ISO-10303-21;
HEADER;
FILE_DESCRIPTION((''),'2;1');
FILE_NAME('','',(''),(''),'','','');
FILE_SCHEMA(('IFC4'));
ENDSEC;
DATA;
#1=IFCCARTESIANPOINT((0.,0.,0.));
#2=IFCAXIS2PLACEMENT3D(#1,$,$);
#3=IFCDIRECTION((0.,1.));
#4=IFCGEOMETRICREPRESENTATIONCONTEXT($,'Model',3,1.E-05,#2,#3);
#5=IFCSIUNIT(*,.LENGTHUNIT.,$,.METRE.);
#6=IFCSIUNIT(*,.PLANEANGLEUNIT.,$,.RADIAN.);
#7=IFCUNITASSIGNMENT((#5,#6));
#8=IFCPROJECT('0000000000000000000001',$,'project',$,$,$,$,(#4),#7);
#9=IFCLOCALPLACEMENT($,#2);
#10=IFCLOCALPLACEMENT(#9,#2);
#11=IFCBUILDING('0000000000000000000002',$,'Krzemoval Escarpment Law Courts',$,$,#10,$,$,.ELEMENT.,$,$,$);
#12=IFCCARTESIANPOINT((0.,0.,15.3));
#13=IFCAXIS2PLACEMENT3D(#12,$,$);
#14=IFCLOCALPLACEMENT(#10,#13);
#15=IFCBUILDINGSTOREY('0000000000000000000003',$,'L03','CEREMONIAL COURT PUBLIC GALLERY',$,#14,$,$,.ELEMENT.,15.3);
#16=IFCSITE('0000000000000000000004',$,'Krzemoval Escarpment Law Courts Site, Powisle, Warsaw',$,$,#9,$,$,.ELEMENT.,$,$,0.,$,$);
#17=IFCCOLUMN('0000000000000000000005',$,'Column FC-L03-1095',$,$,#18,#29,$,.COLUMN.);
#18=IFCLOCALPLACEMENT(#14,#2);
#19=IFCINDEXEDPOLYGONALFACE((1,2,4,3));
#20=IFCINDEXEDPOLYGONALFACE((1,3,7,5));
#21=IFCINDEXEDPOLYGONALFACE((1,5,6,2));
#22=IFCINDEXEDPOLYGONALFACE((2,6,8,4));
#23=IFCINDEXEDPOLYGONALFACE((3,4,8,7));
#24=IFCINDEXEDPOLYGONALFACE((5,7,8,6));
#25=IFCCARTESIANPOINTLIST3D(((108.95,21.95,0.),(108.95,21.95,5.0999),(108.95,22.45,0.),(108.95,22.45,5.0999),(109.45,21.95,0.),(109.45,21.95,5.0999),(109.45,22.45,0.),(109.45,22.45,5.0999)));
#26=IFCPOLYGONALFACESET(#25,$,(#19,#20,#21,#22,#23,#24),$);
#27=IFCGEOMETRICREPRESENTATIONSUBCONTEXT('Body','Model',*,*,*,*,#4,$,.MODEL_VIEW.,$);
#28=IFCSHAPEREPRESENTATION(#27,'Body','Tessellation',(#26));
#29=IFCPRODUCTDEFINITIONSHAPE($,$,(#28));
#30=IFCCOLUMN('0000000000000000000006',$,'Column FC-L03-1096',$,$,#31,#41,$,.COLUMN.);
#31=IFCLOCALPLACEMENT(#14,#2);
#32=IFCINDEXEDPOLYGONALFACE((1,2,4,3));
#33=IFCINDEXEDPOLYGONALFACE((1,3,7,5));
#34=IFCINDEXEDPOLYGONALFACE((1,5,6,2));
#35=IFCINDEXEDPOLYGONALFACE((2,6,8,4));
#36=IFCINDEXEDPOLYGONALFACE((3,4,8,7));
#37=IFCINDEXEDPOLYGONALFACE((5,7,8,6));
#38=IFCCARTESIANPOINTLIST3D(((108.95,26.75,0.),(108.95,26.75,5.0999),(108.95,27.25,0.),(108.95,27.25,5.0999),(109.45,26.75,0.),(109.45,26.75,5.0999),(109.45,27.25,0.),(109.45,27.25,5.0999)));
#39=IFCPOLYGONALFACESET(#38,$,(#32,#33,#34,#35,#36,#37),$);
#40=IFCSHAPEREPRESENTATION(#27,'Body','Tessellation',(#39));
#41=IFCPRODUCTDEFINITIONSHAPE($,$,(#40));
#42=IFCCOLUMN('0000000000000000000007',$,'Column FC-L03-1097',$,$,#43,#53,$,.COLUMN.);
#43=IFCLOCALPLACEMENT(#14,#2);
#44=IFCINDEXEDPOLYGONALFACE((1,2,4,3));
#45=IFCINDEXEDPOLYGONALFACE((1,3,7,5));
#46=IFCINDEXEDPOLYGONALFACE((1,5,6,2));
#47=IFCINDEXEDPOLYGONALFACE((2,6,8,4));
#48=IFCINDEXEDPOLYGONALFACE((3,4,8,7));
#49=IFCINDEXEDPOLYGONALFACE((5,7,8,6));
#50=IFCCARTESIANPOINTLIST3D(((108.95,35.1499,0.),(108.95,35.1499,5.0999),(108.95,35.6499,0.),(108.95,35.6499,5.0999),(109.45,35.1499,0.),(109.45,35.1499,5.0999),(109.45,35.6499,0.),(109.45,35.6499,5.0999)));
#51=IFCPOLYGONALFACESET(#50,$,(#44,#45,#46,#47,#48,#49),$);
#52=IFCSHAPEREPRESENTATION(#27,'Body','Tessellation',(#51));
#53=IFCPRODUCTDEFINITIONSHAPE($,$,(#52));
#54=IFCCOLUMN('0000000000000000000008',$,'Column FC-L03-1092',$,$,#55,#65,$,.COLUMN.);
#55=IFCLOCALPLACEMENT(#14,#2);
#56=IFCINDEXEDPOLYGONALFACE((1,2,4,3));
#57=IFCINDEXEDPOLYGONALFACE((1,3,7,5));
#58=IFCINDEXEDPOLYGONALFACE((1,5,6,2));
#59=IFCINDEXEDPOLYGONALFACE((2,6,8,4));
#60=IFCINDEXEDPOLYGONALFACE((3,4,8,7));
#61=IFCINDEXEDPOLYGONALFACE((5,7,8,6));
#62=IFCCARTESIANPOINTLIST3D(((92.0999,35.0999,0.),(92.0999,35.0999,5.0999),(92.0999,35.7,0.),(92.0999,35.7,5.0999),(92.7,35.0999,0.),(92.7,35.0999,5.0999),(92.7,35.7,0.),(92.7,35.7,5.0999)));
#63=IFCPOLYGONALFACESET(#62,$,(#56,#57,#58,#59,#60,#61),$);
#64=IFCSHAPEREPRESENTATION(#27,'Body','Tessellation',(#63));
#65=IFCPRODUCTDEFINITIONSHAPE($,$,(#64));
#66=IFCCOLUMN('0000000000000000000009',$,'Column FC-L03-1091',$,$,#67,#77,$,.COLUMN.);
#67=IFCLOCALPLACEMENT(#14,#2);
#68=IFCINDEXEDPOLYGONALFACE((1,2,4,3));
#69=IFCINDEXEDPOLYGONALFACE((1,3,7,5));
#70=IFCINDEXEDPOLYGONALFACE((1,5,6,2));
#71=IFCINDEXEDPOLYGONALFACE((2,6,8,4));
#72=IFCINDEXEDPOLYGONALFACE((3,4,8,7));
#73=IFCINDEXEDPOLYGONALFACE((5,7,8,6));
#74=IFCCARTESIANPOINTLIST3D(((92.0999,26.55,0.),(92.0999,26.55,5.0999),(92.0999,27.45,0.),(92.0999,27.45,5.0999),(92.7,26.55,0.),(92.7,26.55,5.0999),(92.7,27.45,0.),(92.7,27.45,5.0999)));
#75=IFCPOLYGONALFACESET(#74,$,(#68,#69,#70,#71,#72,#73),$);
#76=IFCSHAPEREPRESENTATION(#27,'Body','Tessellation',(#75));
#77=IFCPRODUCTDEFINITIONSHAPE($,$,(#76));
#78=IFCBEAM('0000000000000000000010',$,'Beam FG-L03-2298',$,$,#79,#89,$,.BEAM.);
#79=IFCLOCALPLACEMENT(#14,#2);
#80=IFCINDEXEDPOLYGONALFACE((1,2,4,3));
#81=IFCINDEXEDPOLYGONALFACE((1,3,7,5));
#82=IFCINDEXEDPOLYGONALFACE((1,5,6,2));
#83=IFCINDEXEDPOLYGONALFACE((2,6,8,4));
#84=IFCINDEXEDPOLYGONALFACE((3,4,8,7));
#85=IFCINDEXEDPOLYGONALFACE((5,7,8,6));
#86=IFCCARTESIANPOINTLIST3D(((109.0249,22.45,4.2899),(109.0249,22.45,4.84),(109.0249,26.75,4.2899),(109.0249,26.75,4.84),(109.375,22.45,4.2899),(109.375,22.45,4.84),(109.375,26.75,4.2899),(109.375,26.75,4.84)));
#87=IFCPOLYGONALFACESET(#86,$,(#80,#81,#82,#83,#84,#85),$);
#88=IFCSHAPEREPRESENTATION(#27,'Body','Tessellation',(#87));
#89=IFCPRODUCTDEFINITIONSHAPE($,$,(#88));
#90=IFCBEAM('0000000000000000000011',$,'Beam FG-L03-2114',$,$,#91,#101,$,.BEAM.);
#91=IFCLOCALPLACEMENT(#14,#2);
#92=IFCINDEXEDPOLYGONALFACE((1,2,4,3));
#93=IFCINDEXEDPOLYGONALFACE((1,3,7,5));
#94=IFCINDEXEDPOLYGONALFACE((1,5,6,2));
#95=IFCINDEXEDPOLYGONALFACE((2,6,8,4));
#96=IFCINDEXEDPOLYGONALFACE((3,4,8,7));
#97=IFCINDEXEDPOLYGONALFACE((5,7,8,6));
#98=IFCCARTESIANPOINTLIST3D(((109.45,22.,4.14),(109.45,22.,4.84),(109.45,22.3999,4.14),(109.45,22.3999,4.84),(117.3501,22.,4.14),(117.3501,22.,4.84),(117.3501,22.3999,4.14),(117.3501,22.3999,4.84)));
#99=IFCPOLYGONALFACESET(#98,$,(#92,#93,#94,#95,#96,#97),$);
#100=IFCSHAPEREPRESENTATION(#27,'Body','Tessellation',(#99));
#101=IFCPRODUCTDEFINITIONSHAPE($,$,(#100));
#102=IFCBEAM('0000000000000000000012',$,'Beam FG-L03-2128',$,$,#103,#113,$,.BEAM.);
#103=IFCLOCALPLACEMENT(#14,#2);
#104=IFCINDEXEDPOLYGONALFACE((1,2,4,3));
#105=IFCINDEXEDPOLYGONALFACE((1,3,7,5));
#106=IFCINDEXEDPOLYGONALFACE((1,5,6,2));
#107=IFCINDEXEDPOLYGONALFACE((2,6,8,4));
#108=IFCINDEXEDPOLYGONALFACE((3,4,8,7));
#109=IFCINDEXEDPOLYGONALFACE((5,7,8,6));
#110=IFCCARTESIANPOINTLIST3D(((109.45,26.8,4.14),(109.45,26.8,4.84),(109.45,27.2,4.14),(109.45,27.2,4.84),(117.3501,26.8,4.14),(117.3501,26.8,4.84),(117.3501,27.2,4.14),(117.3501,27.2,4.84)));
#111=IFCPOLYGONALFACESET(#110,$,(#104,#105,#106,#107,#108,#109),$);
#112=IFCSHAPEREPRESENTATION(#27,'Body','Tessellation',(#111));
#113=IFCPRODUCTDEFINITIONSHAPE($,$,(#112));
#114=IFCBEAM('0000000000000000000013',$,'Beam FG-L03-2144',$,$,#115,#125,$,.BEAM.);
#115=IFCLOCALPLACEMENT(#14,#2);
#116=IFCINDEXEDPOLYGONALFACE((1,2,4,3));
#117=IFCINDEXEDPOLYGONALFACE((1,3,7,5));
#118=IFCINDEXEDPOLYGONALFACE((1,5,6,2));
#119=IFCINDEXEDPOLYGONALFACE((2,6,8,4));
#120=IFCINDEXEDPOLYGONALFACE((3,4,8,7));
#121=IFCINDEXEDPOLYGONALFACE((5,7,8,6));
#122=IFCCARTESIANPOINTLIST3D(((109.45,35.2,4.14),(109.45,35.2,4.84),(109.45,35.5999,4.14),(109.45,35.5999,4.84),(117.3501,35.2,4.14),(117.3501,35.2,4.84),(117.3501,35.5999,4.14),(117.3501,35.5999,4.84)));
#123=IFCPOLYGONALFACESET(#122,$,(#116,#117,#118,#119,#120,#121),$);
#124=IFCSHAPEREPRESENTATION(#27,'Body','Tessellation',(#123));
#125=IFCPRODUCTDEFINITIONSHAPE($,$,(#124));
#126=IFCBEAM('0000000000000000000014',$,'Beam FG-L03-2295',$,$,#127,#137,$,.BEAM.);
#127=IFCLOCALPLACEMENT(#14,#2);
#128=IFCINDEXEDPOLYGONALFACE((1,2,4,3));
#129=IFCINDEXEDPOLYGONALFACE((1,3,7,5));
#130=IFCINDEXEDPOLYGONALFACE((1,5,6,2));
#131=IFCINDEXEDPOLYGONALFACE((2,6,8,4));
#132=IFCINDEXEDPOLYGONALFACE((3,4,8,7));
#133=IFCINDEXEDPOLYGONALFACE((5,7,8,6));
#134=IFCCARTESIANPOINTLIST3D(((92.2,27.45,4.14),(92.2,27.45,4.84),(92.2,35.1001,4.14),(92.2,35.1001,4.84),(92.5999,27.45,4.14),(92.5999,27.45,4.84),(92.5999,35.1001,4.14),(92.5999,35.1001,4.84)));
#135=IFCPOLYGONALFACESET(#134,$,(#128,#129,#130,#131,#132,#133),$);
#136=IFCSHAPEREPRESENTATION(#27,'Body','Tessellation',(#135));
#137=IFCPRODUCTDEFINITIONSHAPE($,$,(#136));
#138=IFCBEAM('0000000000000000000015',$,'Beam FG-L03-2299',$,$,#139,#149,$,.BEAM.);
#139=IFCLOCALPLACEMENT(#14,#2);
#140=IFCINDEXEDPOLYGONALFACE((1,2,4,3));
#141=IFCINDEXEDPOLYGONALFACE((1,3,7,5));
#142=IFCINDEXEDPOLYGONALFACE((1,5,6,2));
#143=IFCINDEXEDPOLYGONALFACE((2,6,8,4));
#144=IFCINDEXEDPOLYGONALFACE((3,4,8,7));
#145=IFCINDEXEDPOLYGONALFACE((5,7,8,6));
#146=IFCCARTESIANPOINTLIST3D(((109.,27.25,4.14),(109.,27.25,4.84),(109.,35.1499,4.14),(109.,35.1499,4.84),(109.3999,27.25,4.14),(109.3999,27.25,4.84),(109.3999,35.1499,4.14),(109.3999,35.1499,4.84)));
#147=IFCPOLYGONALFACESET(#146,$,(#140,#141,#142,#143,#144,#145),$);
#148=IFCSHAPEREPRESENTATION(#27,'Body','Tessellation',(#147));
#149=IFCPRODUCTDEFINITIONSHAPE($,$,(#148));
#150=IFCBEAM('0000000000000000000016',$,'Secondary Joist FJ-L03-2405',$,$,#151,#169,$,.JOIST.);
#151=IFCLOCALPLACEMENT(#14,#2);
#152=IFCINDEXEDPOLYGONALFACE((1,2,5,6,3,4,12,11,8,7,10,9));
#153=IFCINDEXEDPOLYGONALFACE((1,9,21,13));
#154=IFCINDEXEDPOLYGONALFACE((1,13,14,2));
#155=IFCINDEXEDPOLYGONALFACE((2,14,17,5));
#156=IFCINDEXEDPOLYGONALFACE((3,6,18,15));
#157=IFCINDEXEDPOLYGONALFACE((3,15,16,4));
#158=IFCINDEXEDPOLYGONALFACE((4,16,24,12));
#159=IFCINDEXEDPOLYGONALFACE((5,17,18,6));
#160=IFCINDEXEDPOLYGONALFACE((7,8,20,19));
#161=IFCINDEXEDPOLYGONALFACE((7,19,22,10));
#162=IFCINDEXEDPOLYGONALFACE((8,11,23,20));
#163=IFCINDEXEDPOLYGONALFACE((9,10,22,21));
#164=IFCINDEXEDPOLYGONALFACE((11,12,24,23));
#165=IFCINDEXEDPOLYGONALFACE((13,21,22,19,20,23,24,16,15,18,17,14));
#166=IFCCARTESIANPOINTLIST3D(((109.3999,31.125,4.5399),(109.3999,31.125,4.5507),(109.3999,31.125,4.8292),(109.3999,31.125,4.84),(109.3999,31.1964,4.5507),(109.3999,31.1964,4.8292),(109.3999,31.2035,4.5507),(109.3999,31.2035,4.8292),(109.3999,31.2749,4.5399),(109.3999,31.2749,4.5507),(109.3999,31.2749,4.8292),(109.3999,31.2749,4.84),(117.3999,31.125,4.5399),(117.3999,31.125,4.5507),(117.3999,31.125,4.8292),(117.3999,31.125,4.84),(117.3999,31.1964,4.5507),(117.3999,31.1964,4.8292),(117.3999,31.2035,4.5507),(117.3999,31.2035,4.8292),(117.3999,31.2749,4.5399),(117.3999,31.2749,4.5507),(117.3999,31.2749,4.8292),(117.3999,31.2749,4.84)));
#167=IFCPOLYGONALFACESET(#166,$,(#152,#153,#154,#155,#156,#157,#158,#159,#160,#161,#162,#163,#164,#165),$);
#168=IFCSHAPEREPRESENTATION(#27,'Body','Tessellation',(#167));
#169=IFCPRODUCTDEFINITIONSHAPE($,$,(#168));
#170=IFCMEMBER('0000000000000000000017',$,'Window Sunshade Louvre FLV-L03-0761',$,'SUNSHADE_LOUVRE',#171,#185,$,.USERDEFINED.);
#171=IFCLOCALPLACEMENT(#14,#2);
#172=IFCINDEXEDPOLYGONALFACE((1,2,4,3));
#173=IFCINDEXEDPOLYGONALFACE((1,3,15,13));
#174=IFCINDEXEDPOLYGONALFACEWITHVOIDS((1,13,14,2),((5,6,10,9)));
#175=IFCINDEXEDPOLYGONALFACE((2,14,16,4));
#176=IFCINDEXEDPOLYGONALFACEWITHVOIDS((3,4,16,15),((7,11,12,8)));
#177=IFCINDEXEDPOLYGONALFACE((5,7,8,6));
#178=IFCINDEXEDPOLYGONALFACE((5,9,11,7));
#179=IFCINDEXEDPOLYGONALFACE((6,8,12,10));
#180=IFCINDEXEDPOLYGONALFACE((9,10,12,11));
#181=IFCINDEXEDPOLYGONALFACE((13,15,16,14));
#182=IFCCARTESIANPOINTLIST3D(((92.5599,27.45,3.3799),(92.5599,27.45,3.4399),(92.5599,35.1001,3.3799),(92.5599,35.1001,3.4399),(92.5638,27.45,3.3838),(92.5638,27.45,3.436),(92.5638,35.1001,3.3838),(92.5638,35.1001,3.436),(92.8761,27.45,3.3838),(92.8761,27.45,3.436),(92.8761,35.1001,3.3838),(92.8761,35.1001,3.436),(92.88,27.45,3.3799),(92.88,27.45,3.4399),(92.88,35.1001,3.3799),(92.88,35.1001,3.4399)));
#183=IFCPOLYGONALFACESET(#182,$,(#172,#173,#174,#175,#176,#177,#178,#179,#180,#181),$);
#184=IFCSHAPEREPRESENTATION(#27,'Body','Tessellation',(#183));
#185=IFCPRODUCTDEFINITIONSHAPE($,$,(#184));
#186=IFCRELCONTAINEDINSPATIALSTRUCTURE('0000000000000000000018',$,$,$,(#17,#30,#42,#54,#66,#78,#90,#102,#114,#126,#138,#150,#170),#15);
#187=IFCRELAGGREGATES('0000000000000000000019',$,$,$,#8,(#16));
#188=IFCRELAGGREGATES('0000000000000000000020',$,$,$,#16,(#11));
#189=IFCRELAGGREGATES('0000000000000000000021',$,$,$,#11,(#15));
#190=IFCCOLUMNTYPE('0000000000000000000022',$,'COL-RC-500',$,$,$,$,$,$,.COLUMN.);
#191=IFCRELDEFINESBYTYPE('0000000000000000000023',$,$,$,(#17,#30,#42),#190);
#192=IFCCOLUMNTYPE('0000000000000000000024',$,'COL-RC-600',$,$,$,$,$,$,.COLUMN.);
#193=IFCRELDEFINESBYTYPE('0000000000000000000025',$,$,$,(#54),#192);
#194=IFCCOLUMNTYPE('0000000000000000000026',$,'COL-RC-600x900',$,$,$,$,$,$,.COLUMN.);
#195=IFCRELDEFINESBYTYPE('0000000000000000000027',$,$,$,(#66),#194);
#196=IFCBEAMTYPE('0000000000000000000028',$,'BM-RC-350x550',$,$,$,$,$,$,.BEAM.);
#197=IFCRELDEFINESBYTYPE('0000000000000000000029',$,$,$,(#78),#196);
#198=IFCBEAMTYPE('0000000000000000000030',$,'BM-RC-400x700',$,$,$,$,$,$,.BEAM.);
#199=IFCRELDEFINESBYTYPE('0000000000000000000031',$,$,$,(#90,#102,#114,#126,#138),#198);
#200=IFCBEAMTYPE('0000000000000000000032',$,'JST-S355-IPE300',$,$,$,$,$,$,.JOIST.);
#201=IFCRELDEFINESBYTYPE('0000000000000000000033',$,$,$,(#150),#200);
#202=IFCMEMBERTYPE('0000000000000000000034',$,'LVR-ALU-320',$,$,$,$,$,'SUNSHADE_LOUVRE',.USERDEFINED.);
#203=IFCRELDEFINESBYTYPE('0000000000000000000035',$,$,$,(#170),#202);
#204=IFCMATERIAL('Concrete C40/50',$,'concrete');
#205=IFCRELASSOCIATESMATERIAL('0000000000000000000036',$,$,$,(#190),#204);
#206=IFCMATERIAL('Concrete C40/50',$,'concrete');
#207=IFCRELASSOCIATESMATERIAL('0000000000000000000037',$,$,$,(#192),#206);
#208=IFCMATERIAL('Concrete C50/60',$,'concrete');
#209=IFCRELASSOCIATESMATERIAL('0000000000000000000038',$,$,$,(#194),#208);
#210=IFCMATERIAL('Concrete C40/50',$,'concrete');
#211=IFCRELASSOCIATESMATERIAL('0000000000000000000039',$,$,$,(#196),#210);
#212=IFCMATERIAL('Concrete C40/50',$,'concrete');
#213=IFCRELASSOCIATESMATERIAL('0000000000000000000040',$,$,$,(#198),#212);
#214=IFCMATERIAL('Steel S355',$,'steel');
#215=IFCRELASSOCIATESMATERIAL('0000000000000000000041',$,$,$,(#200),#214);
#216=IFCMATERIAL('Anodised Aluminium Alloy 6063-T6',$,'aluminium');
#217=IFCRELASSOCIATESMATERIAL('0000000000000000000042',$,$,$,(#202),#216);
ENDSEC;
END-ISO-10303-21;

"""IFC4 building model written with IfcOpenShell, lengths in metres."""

from ifc_helpers import new_model, si_unit, direction, frame, origin, origin_2d, place, context, subcontext, project, spatial, rectangle, hollow_rectangle, i_section, extrude, material, material_profile, profile_set, type_object, element, save


model = new_model("IFC4")

# Units and contexts
model_context = context("Model", 3, precision=1e-05, world=origin(), true_north=direction((0.0, 1.0)))
body_context = subcontext(model_context, "Body", "Model", "MODEL_VIEW")
ifc_project = project(units=[si_unit("LENGTHUNIT", "METRE"), si_unit("PLANEANGLEUNIT", "RADIAN")], contexts=[model_context])

# Site, building, storey
site_placement = place(None, origin())
site = spatial("IfcSite", under=ifc_project, at=site_placement, Name="Krzemoval Escarpment Law Courts Site, Powisle, Warsaw", CompositionType="ELEMENT", RefElevation=0.0)
building_placement = place(site_placement, origin())
building = spatial("IfcBuilding", under=site, at=building_placement, Name="Krzemoval Escarpment Law Courts", CompositionType="ELEMENT")
storey_placement = place(building_placement, frame((0.0, 0.0, 15.3)))
storey = spatial("IfcBuildingStorey", under=building, at=storey_placement, Name="L03", Description="CEREMONIAL COURT PUBLIC GALLERY", CompositionType="ELEMENT", Elevation=15.3)

# Columns
ifc_material_1 = material(Name="Concrete C40/50", Category="concrete")
ifc_material_profile_1 = material_profile(ifc_material_1, rectangle(XDim=0.5, YDim=0.5, at=origin_2d()), Name="RC 500x500")
ifc_profile_set_1 = profile_set([ifc_material_profile_1], Name="Concrete C40/50")
column_type_1 = type_object("IfcColumnType", Name="COL-RC-500", PredefinedType="COLUMN", material=ifc_profile_set_1)
for number, where, z_axis, x_axis, name in (
    (1, (109.2, 22.2, 0.0), (0.0, 0.0, 1.0), (1.0, 0.0, 0.0), "Column FC-L03-1095"),
    (2, (109.2, 27.0, 0.0), (0.0, 0.0, 1.0), (1.0, 0.0, 0.0), "Column FC-L03-1096"),
    (3, (109.2, 35.3999, 0.0), (0.0, 0.0, 1.0), (1.0, 0.0, 0.0), "Column FC-L03-1097"),
):
    element("IfcColumn", number, at=place(storey_placement, frame(where, z_axis=z_axis, x_axis=x_axis)), inside=storey, type_object=column_type_1, Name=name, PredefinedType="COLUMN", context=body_context, shape_type="SweptSolid", body=[
        extrude(rectangle(XDim=0.5, YDim=0.5, at=origin_2d()), origin(), (0.0, 0.0, 1.0), 5.0999),
    ])
ifc_material_2 = material(Name="Concrete C40/50", Category="concrete")
ifc_material_profile_2 = material_profile(ifc_material_2, rectangle(XDim=0.6001, YDim=0.6001, at=origin_2d()), Name="RC 600x600")
ifc_profile_set_2 = profile_set([ifc_material_profile_2], Name="Concrete C40/50")
column_type_2 = type_object("IfcColumnType", Name="COL-RC-600", PredefinedType="COLUMN", material=ifc_profile_set_2)
column_1_placement = place(storey_placement, frame((92.3999, 35.3999, 0.0), z_axis=(0.0, 0.0, 1.0), x_axis=(1.0, 0.0, 0.0)))
element("IfcColumn", 4, at=column_1_placement, inside=storey, type_object=column_type_2, Name="Column FC-L03-1092", PredefinedType="COLUMN", context=body_context, shape_type="SweptSolid", body=[
    extrude(rectangle(XDim=0.6001, YDim=0.6001, at=origin_2d()), origin(), (0.0, 0.0, 1.0), 5.0999),
])
ifc_material_3 = material(Name="Concrete C50/60", Category="concrete")
ifc_material_profile_3 = material_profile(ifc_material_3, rectangle(XDim=0.6001, YDim=0.8999, at=origin_2d()), Name="RC 600x900")
ifc_profile_set_3 = profile_set([ifc_material_profile_3], Name="Concrete C50/60")
column_type_3 = type_object("IfcColumnType", Name="COL-RC-600x900", PredefinedType="COLUMN", material=ifc_profile_set_3)
column_2_placement = place(storey_placement, frame((92.3999, 27.0, 0.0), z_axis=(0.0, 0.0, 1.0), x_axis=(1.0, 0.0, 0.0)))
element("IfcColumn", 5, at=column_2_placement, inside=storey, type_object=column_type_3, Name="Column FC-L03-1091", PredefinedType="COLUMN", context=body_context, shape_type="SweptSolid", body=[
    extrude(rectangle(XDim=0.6001, YDim=0.8999, at=origin_2d()), origin(), (0.0, 0.0, 1.0), 5.0999),
])

# Beams
ifc_material_4 = material(Name="Concrete C40/50", Category="concrete")
ifc_material_profile_4 = material_profile(ifc_material_4, rectangle(XDim=0.3501, YDim=0.55, at=origin_2d()), Name="RCB 350x550")
ifc_profile_set_4 = profile_set([ifc_material_profile_4], Name="Concrete C40/50")
beam_type_1 = type_object("IfcBeamType", Name="BM-RC-350x550", PredefinedType="BEAM", material=ifc_profile_set_4)
beam_1_placement = place(storey_placement, frame((109.2, 22.45, 4.5649), z_axis=(0.0, 1.0, 0.0), x_axis=(-1.0, 0.0, 0.0)))
element("IfcBeam", 6, at=beam_1_placement, inside=storey, type_object=beam_type_1, Name="Beam FG-L03-2298", PredefinedType="BEAM", context=body_context, shape_type="SweptSolid", body=[
    extrude(rectangle(XDim=0.3501, YDim=0.55, at=origin_2d()), origin(), (0.0, 0.0, 1.0), 4.3),
])
ifc_material_5 = material(Name="Concrete C40/50", Category="concrete")
ifc_material_profile_5 = material_profile(ifc_material_5, rectangle(XDim=0.3999, YDim=0.7, at=origin_2d()), Name="RCB 400x700")
ifc_profile_set_5 = profile_set([ifc_material_profile_5], Name="Concrete C40/50")
beam_type_2 = type_object("IfcBeamType", Name="BM-RC-400x700", PredefinedType="BEAM", material=ifc_profile_set_5)
for number, where, z_axis, x_axis, name in (
    (7, (109.45, 22.2, 4.49), (1.0, 0.0, 0.0), (0.0, 1.0, 0.0), "Beam FG-L03-2114"),
    (8, (109.45, 27.0, 4.49), (1.0, 0.0, 0.0), (0.0, 1.0, 0.0), "Beam FG-L03-2128"),
    (9, (109.45, 35.3999, 4.49), (1.0, 0.0, 0.0), (0.0, 1.0, 0.0), "Beam FG-L03-2144"),
):
    element("IfcBeam", number, at=place(storey_placement, frame(where, z_axis=z_axis, x_axis=x_axis)), inside=storey, type_object=beam_type_2, Name=name, PredefinedType="BEAM", context=body_context, shape_type="SweptSolid", body=[
        extrude(rectangle(XDim=0.3999, YDim=0.7, at=origin_2d()), origin(), (0.0, 0.0, 1.0), 7.9001),
    ])
beam_2_placement = place(storey_placement, frame((92.3999, 27.45, 4.49), z_axis=(0.0, 1.0, 0.0), x_axis=(-1.0, 0.0, 0.0)))
element("IfcBeam", 10, at=beam_2_placement, inside=storey, type_object=beam_type_2, Name="Beam FG-L03-2295", PredefinedType="BEAM", context=body_context, shape_type="SweptSolid", body=[
    extrude(rectangle(XDim=0.3999, YDim=0.7, at=origin_2d()), origin(), (0.0, 0.0, 1.0), 7.6501),
])
beam_3_placement = place(storey_placement, frame((109.2, 27.25, 4.49), z_axis=(0.0, 1.0, 0.0), x_axis=(-1.0, 0.0, 0.0)))
element("IfcBeam", 11, at=beam_3_placement, inside=storey, type_object=beam_type_2, Name="Beam FG-L03-2299", PredefinedType="BEAM", context=body_context, shape_type="SweptSolid", body=[
    extrude(rectangle(XDim=0.3999, YDim=0.7, at=origin_2d()), origin(), (0.0, 0.0, 1.0), 7.8999),
])
ifc_material_6 = material(Name="Steel S355", Category="steel")
ifc_material_profile_6 = material_profile(ifc_material_6, i_section(OverallWidth=0.1499, OverallDepth=0.3, WebThickness=0.0071, FlangeThickness=0.0107, at=origin_2d()), Name="IPE 300")
ifc_profile_set_6 = profile_set([ifc_material_profile_6], Name="Steel S355")
beam_type_3 = type_object("IfcBeamType", Name="JST-S355-IPE300", PredefinedType="JOIST", material=ifc_profile_set_6)
beam_4_placement = place(storey_placement, frame((109.3999, 31.2, 4.6899), z_axis=(1.0, 0.0, 0.0), x_axis=(0.0, 1.0, 0.0)))
element("IfcBeam", 12, at=beam_4_placement, inside=storey, type_object=beam_type_3, Name="Secondary Joist FJ-L03-2405", PredefinedType="JOIST", context=body_context, shape_type="SweptSolid", body=[
    extrude(i_section(OverallWidth=0.1499, OverallDepth=0.3, WebThickness=0.0071, FlangeThickness=0.0107, at=origin_2d()), origin(), (0.0, 0.0, 1.0), 8.0),
])

# Member
ifc_material_7 = material(Name="Anodised Aluminium Alloy 6063-T6", Category="aluminium")
ifc_material_profile_7 = material_profile(ifc_material_7, hollow_rectangle(XDim=0.0601, YDim=0.3201, WallThickness=0.0039, at=origin_2d()), Name="ALU LVR 60x320")
ifc_profile_set_7 = profile_set([ifc_material_profile_7], Name="Anodised Aluminium Alloy 6063-T6")
member_type = type_object("IfcMemberType", Name="LVR-ALU-320", ElementType="SUNSHADE_LOUVRE", PredefinedType="USERDEFINED", material=ifc_profile_set_7)
member_placement = place(storey_placement, frame((92.72, 35.1001, 3.4099), z_axis=(0.0, -1.0, 0.0), x_axis=(0.0, 0.0, 1.0)))
element("IfcMember", 13, at=member_placement, inside=storey, type_object=member_type, Name="Window Sunshade Louvre FLV-L03-0761", ObjectType="SUNSHADE_LOUVRE", PredefinedType="USERDEFINED", context=body_context, shape_type="SweptSolid", body=[
    extrude(hollow_rectangle(XDim=0.0601, YDim=0.3201, WallThickness=0.0039, at=origin_2d()), origin(), (0.0, 0.0, 1.0), 7.6501),
])

save(model, "model.ifc")
